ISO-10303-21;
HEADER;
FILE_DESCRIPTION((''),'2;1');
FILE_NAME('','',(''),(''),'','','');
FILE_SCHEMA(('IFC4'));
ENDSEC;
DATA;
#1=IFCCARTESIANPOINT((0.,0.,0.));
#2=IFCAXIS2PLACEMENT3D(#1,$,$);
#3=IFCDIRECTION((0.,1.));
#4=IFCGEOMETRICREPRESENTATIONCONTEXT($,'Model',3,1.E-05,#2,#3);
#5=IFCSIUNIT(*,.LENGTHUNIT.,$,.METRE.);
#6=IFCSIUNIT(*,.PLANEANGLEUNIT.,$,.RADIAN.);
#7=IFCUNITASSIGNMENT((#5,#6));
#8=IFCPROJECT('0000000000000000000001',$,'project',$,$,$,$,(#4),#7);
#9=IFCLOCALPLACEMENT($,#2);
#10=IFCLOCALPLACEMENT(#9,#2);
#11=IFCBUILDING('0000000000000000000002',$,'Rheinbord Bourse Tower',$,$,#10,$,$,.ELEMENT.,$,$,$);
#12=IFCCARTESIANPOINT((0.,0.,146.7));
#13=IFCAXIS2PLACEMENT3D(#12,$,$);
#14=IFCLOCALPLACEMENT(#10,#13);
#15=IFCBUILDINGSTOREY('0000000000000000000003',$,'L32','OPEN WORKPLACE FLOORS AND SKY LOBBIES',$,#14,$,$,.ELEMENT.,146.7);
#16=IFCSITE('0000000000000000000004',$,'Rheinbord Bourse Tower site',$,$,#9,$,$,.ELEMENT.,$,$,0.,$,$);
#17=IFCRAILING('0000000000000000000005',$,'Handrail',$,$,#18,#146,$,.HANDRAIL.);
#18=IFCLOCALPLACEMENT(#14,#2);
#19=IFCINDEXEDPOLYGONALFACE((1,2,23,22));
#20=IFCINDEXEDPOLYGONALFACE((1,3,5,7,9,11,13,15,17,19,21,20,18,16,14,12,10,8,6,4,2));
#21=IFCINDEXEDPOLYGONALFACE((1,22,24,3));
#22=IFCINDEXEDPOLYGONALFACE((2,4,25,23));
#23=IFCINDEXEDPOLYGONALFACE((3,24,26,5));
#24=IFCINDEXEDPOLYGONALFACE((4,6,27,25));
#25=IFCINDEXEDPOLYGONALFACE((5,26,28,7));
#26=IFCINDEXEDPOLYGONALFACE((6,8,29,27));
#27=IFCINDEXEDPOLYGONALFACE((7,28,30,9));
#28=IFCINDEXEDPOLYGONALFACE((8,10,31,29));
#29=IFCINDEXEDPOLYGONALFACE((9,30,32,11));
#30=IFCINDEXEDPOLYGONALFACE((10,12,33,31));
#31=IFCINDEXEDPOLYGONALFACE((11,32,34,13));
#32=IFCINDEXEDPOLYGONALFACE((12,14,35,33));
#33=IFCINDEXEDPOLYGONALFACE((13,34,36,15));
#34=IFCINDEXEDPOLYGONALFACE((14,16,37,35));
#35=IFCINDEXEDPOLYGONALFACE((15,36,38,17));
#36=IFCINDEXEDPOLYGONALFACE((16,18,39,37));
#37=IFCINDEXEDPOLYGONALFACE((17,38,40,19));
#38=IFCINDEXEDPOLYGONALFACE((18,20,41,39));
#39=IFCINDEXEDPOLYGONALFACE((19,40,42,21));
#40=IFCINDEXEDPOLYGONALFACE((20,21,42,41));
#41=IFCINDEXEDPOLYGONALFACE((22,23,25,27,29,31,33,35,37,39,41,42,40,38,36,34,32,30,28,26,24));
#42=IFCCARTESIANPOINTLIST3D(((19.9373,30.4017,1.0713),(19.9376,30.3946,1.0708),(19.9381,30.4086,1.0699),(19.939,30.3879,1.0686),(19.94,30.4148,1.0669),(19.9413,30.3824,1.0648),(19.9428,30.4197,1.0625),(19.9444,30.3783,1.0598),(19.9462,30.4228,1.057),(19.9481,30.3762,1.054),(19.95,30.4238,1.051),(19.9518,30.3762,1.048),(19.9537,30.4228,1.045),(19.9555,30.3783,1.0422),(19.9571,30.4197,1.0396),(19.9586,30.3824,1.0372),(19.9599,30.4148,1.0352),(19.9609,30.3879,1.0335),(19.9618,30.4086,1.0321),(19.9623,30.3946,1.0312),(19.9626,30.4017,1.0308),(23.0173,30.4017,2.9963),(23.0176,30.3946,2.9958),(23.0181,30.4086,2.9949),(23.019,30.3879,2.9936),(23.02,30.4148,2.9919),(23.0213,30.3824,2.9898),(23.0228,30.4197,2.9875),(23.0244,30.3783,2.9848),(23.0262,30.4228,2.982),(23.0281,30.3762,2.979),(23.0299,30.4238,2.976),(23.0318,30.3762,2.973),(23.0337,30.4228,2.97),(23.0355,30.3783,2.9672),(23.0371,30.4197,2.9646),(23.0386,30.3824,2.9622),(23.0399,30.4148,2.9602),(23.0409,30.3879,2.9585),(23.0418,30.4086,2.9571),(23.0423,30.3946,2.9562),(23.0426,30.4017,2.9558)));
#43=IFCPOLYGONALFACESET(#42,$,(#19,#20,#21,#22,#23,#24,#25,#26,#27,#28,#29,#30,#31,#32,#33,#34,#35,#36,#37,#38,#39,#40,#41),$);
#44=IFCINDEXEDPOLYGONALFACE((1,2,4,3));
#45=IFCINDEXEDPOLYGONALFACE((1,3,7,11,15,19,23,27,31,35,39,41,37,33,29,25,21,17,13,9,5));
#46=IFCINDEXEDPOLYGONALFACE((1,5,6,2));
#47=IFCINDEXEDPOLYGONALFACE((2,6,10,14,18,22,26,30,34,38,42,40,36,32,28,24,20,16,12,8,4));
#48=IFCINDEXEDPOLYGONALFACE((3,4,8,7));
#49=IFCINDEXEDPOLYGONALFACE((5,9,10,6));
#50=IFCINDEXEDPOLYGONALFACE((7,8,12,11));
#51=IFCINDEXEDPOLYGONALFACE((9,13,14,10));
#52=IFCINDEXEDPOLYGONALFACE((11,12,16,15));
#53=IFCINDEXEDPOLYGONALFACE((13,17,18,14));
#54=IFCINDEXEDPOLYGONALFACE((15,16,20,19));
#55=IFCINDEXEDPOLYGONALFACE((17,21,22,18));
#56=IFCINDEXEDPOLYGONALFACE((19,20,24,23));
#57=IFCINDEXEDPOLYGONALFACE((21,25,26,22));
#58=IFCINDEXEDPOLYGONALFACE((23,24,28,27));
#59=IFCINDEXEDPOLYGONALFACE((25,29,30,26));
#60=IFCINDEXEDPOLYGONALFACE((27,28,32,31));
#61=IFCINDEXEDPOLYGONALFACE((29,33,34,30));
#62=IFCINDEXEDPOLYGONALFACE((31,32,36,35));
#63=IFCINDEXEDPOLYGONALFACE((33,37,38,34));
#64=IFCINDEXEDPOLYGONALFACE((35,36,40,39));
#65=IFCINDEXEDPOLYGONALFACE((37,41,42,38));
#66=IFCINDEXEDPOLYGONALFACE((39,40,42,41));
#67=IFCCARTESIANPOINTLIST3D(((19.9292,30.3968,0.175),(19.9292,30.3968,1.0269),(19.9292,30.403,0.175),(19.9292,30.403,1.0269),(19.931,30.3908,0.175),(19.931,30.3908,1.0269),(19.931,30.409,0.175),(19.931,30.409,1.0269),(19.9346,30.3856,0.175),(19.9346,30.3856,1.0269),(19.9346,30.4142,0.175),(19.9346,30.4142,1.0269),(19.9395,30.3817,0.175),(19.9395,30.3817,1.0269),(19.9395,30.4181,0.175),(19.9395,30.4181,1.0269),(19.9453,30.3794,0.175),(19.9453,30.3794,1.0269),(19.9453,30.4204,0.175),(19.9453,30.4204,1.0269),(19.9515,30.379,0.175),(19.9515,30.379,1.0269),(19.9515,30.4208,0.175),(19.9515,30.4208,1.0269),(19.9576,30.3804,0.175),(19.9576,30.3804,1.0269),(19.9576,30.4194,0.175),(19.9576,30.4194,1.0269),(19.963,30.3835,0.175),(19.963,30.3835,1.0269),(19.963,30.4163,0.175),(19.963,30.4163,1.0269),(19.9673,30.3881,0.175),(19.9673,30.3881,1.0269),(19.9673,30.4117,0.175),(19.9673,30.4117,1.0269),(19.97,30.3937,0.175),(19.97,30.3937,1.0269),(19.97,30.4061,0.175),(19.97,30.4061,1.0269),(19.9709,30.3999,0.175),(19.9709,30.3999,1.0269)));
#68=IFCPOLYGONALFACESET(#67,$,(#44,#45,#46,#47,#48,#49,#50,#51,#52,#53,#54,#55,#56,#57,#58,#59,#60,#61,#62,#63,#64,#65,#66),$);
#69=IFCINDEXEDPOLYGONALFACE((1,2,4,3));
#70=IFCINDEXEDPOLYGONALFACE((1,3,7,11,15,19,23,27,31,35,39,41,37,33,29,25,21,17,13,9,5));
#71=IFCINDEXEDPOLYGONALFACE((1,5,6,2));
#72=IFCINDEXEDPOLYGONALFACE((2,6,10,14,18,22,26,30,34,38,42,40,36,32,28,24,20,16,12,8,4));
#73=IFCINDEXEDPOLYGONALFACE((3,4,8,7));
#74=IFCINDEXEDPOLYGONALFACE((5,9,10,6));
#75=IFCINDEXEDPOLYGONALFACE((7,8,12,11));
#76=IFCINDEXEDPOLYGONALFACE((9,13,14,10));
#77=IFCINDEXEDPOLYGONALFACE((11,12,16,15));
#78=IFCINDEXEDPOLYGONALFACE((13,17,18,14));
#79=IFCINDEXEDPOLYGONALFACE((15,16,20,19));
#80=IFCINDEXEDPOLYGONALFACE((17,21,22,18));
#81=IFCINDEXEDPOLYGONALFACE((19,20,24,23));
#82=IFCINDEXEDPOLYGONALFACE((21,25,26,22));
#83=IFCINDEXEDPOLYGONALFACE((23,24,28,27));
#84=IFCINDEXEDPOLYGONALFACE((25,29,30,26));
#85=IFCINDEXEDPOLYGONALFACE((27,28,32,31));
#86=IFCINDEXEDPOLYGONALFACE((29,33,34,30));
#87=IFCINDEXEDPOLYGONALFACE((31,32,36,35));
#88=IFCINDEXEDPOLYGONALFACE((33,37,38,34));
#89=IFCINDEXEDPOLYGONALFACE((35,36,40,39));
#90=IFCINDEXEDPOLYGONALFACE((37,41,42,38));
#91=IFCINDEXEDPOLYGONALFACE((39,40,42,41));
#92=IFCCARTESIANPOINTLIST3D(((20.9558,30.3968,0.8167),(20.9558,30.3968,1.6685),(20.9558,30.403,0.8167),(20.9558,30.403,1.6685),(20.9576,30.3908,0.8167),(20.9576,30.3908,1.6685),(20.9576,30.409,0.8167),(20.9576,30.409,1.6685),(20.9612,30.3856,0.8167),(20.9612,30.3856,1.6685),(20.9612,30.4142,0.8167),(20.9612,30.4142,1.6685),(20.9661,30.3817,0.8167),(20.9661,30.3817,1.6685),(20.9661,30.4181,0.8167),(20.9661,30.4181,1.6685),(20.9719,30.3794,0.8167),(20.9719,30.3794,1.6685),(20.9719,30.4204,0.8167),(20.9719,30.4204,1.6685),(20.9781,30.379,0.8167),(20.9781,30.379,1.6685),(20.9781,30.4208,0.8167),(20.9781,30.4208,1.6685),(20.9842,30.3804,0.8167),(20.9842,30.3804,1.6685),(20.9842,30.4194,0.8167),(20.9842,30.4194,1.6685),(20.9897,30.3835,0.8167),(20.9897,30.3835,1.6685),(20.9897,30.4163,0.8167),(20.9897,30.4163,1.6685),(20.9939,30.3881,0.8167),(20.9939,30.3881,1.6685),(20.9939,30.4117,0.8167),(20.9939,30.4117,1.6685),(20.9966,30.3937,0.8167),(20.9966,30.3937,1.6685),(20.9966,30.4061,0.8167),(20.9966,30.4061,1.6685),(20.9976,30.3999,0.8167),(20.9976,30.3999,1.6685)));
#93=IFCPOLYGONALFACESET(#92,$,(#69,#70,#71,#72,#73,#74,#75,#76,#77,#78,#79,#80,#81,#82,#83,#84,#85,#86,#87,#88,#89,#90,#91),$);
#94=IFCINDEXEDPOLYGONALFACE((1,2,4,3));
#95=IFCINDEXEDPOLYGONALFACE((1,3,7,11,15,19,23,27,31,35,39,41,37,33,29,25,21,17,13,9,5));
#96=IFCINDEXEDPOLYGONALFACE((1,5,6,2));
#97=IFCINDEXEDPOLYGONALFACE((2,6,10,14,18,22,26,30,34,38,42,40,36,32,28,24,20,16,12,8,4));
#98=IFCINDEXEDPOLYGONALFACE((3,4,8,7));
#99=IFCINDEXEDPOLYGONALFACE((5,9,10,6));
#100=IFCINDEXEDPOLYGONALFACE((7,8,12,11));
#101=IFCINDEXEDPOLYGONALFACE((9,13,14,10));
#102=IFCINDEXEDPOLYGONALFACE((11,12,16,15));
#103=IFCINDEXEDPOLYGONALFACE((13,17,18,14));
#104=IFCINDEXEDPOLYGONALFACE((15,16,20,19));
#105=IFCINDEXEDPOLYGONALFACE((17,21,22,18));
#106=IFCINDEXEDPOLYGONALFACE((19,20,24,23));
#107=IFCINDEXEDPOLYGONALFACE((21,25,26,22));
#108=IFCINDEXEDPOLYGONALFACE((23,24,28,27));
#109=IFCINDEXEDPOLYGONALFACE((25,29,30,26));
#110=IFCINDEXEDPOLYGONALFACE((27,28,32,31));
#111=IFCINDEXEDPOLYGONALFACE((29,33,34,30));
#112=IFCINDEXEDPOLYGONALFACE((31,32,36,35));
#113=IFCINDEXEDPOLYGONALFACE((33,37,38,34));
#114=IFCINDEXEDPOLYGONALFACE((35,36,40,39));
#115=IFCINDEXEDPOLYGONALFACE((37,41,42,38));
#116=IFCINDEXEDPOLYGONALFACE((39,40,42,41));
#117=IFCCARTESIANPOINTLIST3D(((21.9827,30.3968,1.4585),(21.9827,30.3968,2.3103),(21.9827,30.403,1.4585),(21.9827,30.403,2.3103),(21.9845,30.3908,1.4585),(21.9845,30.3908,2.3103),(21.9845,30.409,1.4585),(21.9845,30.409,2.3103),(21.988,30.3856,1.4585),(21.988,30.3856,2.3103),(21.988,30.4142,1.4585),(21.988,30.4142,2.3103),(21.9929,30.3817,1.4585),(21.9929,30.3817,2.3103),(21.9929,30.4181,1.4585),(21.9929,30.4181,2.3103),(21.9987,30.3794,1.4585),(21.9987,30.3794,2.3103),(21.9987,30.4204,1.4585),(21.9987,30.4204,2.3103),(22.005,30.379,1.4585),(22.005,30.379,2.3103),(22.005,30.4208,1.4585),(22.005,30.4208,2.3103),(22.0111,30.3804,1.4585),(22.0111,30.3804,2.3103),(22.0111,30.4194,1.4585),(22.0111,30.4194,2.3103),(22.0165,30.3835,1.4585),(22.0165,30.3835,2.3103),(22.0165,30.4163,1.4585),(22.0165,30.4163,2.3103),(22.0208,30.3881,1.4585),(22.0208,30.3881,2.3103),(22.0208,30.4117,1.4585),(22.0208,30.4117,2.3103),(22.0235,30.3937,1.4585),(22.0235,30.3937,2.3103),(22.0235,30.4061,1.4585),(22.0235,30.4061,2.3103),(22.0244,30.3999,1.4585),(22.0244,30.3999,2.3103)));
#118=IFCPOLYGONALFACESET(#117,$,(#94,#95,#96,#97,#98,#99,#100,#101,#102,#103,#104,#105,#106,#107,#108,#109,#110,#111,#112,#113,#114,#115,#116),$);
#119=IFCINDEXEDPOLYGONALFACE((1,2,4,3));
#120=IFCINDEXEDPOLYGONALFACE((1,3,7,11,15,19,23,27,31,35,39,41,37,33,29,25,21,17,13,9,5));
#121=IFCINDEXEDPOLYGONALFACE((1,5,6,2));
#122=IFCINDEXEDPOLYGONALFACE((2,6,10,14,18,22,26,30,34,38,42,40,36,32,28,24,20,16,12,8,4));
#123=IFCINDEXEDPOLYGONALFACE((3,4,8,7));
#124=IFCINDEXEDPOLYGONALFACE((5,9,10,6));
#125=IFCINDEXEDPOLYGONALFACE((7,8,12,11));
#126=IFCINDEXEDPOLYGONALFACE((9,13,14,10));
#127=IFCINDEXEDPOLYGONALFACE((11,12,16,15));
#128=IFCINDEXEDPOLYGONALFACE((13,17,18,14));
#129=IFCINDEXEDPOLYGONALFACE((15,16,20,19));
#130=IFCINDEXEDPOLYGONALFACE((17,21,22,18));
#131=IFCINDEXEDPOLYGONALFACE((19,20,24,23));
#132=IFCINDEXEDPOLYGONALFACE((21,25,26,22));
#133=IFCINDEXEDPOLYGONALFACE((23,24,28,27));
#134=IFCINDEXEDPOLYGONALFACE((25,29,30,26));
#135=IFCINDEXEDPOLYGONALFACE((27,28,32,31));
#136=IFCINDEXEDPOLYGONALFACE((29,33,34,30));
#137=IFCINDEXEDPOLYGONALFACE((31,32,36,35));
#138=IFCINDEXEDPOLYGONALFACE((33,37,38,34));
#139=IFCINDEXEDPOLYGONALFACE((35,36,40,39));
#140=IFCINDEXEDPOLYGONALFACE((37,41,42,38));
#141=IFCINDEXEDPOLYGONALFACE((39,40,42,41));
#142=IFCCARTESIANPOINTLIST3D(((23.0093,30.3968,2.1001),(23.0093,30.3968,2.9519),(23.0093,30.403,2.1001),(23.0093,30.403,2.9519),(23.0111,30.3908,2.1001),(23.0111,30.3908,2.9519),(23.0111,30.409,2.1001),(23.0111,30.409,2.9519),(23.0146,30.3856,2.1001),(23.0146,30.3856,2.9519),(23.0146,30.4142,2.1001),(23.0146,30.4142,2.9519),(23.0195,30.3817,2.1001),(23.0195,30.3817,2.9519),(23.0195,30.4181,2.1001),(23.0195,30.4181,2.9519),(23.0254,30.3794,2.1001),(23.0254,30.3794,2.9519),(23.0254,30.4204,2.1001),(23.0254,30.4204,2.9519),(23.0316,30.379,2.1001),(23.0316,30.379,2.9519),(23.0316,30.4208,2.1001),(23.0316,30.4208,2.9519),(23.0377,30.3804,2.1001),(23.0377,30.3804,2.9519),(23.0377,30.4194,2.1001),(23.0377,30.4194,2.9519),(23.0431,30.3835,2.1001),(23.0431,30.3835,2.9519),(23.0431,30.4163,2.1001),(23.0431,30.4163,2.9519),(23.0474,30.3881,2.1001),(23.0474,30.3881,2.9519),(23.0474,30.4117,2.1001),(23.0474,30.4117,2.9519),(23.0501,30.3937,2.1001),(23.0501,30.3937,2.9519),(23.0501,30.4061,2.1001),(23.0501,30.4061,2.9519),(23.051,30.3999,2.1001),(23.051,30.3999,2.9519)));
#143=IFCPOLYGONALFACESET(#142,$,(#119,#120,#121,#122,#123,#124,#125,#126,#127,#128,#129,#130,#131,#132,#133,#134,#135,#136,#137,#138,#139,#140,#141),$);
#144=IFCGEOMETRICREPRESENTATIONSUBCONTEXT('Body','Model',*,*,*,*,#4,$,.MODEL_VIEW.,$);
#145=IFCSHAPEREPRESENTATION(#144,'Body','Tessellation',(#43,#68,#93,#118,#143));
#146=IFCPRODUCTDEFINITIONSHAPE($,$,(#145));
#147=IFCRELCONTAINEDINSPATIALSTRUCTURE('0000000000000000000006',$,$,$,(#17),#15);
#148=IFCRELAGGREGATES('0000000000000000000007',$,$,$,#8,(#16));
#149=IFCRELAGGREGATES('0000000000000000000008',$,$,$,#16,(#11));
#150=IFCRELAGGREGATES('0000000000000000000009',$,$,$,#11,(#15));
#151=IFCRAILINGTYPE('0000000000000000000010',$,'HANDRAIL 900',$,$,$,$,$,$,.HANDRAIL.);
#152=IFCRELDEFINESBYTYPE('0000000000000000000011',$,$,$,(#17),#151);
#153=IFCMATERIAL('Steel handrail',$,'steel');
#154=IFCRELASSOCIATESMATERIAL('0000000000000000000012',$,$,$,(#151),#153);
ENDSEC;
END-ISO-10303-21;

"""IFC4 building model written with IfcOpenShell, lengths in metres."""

from ifc_helpers import new_model, si_unit, direction, frame, origin, origin_2d, place, context, subcontext, project, spatial, circle, extrude, material, type_object, element, save


model = new_model("IFC4")

# Units and contexts
model_context = context("Model", 3, precision=1e-05, world=origin(), true_north=direction((0.0, 1.0)))
body_context = subcontext(model_context, "Body", "Model", "MODEL_VIEW")
ifc_project = project(units=[si_unit("LENGTHUNIT", "METRE"), si_unit("PLANEANGLEUNIT", "RADIAN")], contexts=[model_context])

# Site, building, storey
site_placement = place(None, origin())
site = spatial("IfcSite", under=ifc_project, at=site_placement, Name="Rheinbord Bourse Tower site", CompositionType="ELEMENT", RefElevation=0.0)
building_placement = place(site_placement, origin())
building = spatial("IfcBuilding", under=site, at=building_placement, Name="Rheinbord Bourse Tower", CompositionType="ELEMENT")
storey_placement = place(building_placement, frame((0.0, 0.0, 146.7)))
storey = spatial("IfcBuildingStorey", under=building, at=storey_placement, Name="L32", Description="OPEN WORKPLACE FLOORS AND SKY LOBBIES", CompositionType="ELEMENT", Elevation=146.7)

# Railing
ifc_material_1 = material(Name="Steel handrail", Category="steel")
railing_type = type_object("IfcRailingType", Name="HANDRAIL 900", PredefinedType="HANDRAIL", material=ifc_material_1)
railing_1_placement = place(storey_placement, frame((19.95, 30.3999, 0.175)))
element("IfcRailing", 1, at=railing_1_placement, inside=storey, type_object=railing_type, Name="Handrail", PredefinedType="HANDRAIL", context=body_context, shape_type="SweptSolid", body=[
    extrude(circle(Radius=0.0239, at=origin_2d()), frame((0.0, 0.0, 0.876), z_axis=(0.847998, 0.0, 0.529999), x_axis=(0.0, 1.0, 0.0)), (0.0, 0.0, 1.0), 3.6321),
    extrude(circle(Radius=0.021, at=origin_2d()), origin(), (0.0, 0.0, 1.0), 0.8518),
    extrude(circle(Radius=0.021, at=origin_2d()), frame((1.0266, 0.0, 0.6416)), (0.0, 0.0, 1.0), 0.8518),
    extrude(circle(Radius=0.021, at=origin_2d()), frame((2.0535, 0.0, 1.2834)), (0.0, 0.0, 1.0), 0.8518),
    extrude(circle(Radius=0.021, at=origin_2d()), frame((3.0801, 0.0, 1.925)), (0.0, 0.0, 1.0), 0.8518),
])

save(model, "model.ifc")
